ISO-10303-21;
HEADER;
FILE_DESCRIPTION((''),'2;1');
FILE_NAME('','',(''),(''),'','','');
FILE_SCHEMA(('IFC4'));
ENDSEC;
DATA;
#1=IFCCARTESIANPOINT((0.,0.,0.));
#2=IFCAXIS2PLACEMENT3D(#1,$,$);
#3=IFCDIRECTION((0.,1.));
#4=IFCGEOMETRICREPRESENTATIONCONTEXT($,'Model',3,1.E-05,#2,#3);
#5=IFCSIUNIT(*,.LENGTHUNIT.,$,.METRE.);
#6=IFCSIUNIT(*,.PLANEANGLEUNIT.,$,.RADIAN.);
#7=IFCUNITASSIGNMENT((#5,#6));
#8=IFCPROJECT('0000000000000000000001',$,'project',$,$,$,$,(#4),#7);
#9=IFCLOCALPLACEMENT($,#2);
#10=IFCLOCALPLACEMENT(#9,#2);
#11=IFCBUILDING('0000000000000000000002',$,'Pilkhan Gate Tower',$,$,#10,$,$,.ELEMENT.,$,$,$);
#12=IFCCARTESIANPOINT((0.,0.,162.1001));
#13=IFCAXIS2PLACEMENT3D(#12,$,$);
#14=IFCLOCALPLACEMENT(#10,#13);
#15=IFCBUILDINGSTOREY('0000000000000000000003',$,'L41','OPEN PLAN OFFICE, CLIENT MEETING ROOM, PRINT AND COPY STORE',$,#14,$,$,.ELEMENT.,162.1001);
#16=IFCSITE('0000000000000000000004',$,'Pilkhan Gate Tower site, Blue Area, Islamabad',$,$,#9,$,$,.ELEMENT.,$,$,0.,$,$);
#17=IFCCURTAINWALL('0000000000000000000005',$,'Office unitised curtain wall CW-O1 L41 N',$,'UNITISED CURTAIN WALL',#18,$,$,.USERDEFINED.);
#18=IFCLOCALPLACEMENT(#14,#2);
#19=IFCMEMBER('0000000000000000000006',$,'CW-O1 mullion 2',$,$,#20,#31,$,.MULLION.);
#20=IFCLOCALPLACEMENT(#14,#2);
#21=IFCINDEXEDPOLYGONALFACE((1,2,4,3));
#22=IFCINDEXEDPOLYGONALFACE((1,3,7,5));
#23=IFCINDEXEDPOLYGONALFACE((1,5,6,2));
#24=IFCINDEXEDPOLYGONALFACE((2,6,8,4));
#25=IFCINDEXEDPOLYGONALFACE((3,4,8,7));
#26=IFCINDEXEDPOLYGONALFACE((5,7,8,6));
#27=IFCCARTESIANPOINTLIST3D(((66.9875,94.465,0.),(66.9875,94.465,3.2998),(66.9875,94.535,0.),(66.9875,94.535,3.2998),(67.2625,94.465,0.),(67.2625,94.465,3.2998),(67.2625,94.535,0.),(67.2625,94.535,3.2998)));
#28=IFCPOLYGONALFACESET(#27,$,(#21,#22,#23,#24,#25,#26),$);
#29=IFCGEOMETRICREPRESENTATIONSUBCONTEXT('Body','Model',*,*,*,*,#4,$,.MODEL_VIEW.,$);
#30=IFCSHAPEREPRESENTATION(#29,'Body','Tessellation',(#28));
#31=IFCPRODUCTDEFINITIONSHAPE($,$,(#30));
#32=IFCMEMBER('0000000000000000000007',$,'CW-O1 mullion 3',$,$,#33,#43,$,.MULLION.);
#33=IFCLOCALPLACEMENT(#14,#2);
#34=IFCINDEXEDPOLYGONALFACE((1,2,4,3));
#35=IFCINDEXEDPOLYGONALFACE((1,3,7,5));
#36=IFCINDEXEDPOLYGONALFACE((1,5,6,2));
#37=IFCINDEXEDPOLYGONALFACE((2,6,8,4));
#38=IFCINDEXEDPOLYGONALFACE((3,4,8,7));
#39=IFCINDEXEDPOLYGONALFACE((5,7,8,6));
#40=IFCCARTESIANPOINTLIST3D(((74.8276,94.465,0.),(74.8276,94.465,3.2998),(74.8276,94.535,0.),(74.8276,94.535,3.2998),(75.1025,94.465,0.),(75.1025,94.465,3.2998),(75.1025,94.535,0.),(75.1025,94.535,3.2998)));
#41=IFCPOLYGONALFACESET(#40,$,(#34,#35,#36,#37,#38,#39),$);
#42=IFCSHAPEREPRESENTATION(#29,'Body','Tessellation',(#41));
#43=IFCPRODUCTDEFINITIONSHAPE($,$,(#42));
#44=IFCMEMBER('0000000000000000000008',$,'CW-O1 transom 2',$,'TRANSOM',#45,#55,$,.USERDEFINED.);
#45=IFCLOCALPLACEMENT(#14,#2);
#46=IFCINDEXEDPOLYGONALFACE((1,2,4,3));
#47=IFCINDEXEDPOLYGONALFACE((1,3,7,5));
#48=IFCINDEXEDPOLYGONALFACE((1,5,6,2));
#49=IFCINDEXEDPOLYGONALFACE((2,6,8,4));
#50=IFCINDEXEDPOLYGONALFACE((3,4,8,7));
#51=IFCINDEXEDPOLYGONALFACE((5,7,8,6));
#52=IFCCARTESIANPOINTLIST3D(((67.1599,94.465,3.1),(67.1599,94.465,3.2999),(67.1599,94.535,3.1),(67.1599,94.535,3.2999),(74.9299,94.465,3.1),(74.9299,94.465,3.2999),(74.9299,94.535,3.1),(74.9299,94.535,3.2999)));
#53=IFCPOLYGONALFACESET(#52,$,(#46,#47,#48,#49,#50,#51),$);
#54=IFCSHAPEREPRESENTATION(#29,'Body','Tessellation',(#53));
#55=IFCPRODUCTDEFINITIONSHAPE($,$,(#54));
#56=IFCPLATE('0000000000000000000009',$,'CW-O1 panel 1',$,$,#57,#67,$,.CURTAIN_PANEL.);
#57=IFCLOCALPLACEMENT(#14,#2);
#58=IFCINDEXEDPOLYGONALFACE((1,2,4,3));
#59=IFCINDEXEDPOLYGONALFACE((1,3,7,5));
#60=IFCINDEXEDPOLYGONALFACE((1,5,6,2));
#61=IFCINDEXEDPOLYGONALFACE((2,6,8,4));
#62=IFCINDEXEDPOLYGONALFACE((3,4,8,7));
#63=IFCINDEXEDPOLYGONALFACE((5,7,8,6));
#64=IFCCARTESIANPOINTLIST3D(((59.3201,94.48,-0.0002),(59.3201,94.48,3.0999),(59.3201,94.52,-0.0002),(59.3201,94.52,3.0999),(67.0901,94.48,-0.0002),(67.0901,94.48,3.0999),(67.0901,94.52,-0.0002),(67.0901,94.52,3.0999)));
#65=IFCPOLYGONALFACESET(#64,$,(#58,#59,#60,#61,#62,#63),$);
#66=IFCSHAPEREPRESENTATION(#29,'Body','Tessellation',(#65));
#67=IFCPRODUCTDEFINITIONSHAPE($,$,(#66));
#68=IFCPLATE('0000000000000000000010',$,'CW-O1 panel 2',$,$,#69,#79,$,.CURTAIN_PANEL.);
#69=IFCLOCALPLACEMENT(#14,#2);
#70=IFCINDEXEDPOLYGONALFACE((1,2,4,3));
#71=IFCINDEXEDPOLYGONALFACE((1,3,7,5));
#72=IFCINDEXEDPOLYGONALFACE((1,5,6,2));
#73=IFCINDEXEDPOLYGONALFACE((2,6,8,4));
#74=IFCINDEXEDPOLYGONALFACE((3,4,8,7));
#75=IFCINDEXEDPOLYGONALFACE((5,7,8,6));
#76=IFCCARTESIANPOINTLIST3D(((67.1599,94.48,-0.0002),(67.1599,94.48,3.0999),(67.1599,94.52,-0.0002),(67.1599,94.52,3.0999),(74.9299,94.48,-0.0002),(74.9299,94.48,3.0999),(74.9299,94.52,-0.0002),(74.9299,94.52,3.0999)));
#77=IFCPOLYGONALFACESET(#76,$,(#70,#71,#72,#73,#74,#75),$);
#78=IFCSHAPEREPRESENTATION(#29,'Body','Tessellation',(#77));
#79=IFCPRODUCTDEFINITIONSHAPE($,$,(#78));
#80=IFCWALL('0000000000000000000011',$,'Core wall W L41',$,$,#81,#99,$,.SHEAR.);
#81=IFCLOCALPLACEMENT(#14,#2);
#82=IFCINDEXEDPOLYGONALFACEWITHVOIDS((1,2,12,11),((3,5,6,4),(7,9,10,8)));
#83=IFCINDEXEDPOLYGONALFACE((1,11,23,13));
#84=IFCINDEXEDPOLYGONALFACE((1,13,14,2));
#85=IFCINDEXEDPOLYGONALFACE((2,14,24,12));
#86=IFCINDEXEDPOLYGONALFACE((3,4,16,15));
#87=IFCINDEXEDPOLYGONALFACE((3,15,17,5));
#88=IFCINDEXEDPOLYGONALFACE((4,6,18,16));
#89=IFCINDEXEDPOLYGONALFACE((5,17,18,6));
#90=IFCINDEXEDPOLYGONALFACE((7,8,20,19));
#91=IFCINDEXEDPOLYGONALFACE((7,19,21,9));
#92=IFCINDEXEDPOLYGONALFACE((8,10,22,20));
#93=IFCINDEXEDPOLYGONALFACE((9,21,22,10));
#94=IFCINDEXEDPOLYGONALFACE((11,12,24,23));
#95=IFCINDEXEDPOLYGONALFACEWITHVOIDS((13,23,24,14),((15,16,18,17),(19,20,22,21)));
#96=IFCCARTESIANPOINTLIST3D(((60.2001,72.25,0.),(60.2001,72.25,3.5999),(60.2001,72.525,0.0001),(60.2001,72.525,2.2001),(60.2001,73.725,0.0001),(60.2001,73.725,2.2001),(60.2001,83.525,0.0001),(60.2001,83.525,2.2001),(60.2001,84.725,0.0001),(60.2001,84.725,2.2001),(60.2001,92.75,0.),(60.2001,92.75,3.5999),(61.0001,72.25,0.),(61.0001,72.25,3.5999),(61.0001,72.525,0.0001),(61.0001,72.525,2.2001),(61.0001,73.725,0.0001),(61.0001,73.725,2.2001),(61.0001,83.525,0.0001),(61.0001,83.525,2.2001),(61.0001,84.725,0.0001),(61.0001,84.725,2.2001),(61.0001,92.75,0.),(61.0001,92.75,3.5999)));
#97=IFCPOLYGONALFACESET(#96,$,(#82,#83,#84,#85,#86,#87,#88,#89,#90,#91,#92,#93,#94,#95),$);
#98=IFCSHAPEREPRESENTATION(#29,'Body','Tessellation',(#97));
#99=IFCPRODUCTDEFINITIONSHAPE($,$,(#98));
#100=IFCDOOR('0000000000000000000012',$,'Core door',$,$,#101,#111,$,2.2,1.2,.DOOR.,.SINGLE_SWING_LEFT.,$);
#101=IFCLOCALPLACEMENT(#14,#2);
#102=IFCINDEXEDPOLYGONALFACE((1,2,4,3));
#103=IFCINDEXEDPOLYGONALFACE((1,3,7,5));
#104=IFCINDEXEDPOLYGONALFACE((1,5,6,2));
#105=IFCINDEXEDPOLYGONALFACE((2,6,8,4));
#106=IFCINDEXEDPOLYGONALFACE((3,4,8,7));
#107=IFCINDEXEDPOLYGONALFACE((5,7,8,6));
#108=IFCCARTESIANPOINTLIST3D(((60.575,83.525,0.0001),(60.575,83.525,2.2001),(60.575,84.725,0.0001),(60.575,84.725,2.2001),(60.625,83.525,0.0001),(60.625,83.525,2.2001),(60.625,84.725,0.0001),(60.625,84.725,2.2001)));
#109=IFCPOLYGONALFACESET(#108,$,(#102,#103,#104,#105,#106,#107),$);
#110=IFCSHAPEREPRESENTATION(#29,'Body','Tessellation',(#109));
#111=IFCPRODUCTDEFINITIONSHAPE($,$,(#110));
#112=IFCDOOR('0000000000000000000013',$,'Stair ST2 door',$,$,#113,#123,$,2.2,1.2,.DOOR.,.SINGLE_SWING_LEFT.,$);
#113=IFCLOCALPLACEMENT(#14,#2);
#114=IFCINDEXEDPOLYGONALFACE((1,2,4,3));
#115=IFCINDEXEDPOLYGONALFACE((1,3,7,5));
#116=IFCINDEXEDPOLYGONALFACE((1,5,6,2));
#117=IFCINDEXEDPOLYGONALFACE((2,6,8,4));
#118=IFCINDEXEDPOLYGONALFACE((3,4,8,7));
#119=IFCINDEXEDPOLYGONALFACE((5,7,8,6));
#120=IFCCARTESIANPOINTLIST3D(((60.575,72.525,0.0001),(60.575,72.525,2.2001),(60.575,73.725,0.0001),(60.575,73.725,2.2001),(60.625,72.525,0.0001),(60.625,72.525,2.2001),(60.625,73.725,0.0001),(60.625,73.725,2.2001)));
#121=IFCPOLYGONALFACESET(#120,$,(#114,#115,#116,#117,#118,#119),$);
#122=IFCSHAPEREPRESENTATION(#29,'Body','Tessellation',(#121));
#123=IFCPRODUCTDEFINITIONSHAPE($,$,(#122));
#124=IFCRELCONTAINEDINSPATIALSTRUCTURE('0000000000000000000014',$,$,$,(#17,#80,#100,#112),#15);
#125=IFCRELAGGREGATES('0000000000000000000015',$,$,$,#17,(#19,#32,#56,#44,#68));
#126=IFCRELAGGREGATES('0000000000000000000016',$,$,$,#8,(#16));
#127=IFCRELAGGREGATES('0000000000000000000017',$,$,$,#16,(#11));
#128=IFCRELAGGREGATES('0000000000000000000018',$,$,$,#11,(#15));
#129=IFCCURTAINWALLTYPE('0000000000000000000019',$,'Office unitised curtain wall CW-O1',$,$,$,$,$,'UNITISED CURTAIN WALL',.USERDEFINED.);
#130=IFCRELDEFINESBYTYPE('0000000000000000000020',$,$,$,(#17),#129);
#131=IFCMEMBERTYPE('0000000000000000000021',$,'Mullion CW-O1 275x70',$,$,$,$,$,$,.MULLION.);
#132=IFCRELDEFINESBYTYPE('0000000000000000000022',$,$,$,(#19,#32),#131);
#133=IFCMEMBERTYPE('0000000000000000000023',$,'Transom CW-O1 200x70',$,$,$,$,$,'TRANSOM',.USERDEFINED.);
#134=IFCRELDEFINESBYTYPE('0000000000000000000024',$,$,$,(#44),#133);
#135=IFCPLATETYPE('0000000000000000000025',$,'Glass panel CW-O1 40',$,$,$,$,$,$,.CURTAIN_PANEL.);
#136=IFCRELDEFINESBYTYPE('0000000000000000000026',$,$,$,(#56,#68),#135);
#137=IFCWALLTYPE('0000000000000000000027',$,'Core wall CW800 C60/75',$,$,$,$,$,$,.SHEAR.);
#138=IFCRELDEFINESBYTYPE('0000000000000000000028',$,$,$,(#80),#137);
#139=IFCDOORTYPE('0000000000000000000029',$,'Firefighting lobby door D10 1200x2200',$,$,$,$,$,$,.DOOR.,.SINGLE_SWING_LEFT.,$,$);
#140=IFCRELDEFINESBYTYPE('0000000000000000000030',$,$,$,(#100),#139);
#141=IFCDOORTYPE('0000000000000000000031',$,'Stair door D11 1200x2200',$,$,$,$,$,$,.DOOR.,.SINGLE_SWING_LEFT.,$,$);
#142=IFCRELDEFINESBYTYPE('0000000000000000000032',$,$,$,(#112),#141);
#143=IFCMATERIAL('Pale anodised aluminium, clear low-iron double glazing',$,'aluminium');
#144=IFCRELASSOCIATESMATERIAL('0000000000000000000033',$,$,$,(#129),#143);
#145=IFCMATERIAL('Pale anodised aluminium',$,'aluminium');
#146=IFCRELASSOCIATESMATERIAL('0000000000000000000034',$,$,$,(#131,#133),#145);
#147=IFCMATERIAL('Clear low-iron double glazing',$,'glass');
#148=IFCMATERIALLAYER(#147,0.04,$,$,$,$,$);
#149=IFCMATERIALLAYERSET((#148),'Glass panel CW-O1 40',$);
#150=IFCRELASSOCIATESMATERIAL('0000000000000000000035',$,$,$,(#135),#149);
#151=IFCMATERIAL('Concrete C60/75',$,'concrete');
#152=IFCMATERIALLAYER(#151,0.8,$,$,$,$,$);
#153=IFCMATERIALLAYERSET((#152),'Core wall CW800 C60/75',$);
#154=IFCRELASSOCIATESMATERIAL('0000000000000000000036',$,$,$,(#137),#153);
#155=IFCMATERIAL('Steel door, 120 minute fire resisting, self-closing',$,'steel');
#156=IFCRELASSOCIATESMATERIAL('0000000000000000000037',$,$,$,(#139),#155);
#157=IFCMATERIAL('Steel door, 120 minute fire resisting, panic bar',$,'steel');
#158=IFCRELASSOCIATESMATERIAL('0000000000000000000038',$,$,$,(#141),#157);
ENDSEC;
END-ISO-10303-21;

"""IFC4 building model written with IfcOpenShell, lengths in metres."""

from ifc_helpers import new_model, si_unit, direction, frame, frame_2d, origin, origin_2d, place, context, subcontext, project, spatial, rectangle, extrude, material, layer, layer_set, material_profile, profile_set, type_object, element, fill, aggregate, save


model = new_model("IFC4")

# Units and contexts
model_context = context("Model", 3, precision=1e-05, world=origin(), true_north=direction((0.0, 1.0)))
body_context = subcontext(model_context, "Body", "Model", "MODEL_VIEW")
ifc_project = project(units=[si_unit("LENGTHUNIT", "METRE"), si_unit("PLANEANGLEUNIT", "RADIAN")], contexts=[model_context])

# Site, building, storey
site_placement = place(None, origin())
site = spatial("IfcSite", under=ifc_project, at=site_placement, Name="Pilkhan Gate Tower site, Blue Area, Islamabad", CompositionType="ELEMENT", RefElevation=0.0)
building_placement = place(site_placement, origin())
building = spatial("IfcBuilding", under=site, at=building_placement, Name="Pilkhan Gate Tower", CompositionType="ELEMENT")
storey_placement = place(building_placement, frame((0.0, 0.0, 162.1001)))
storey = spatial("IfcBuildingStorey", under=building, at=storey_placement, Name="L41", Description="OPEN PLAN OFFICE, CLIENT MEETING ROOM, PRINT AND COPY STORE", CompositionType="ELEMENT", Elevation=162.1001)

# Curtain wall, members, plates
ifc_material_1 = material(Name="Pale anodised aluminium, clear low-iron double glazing", Category="aluminium")
curtain_wall_type = type_object("IfcCurtainWallType", Name="Office unitised curtain wall CW-O1", ElementType="UNITISED CURTAIN WALL", PredefinedType="USERDEFINED", material=ifc_material_1)
curtain_wall_placement = place(storey_placement, origin())
curtain_wall = element("IfcCurtainWall", 1, at=curtain_wall_placement, inside=storey, type_object=curtain_wall_type, Name="Office unitised curtain wall CW-O1 L41 N", ObjectType="UNITISED CURTAIN WALL", PredefinedType="USERDEFINED")
ifc_material_2 = material(Name="Pale anodised aluminium", Category="aluminium")
ifc_material_profile_1 = material_profile(ifc_material_2, rectangle(XDim=0.0701, YDim=0.2749, at=origin_2d()), Name="Mullion 275x70")
ifc_profile_set_1 = profile_set([ifc_material_profile_1], Name="Pale anodised aluminium")
member_type_1 = type_object("IfcMemberType", Name="Mullion CW-O1 275x70", PredefinedType="MULLION", material=ifc_profile_set_1)
member_1_placement = place(storey_placement, frame((67.125, 94.5, 0.0), z_axis=(0.0, 0.0, 1.0), x_axis=(0.0, 1.0, 0.0)))
member_1 = element("IfcMember", 2, at=member_1_placement, type_object=member_type_1, Name="CW-O1 mullion 2", PredefinedType="MULLION", context=body_context, shape_type="SweptSolid", body=[
    extrude(rectangle(XDim=0.0701, YDim=0.2749, at=origin_2d()), origin(), (0.0, 0.0, 1.0), 3.2998),
])
member_2_placement = place(storey_placement, frame((74.9651, 94.5, 0.0), z_axis=(0.0, 0.0, 1.0), x_axis=(0.0, 1.0, 0.0)))
member_2 = element("IfcMember", 3, at=member_2_placement, type_object=member_type_1, Name="CW-O1 mullion 3", PredefinedType="MULLION", context=body_context, shape_type="SweptSolid", body=[
    extrude(rectangle(XDim=0.0701, YDim=0.2749, at=origin_2d()), origin(), (0.0, 0.0, 1.0), 3.2998),
])
ifc_material_profile_2 = material_profile(ifc_material_2, rectangle(XDim=0.0701, YDim=0.2, at=origin_2d()), Name="Transom 200x70")
ifc_profile_set_2 = profile_set([ifc_material_profile_2], Name="Pale anodised aluminium")
member_type_2 = type_object("IfcMemberType", Name="Transom CW-O1 200x70", ElementType="TRANSOM", PredefinedType="USERDEFINED", material=ifc_profile_set_2)
member_3_placement = place(storey_placement, frame((67.1599, 94.5, 3.2), z_axis=(1.0, 0.0, 0.0), x_axis=(0.0, 1.0, 0.0)))
member_3 = element("IfcMember", 4, at=member_3_placement, type_object=member_type_2, Name="CW-O1 transom 2", ObjectType="TRANSOM", PredefinedType="USERDEFINED", context=body_context, shape_type="SweptSolid", body=[
    extrude(rectangle(XDim=0.0701, YDim=0.2, at=origin_2d()), origin(), (0.0, 0.0, 1.0), 7.77),
])
ifc_material_3 = material(Name="Clear low-iron double glazing", Category="glass")
ifc_layer_1 = layer(ifc_material_3, 0.04)
ifc_layer_set_1 = layer_set([ifc_layer_1], Name="Glass panel CW-O1 40")
plate_type = type_object("IfcPlateType", Name="Glass panel CW-O1 40", PredefinedType="CURTAIN_PANEL", material=ifc_layer_set_1)
plate_1_placement = place(storey_placement, frame((63.2051, 94.5, -0.0002), z_axis=(0.0, 0.0, 1.0), x_axis=(1.0, 0.0, 0.0)))
plate_1 = element("IfcPlate", 5, at=plate_1_placement, type_object=plate_type, Name="CW-O1 panel 1", PredefinedType="CURTAIN_PANEL", context=body_context, shape_type="SweptSolid", body=[
    extrude(rectangle(XDim=7.77, YDim=0.04, at=origin_2d()), origin(), (0.0, 0.0, 1.0), 3.1001),
])
plate_2_placement = place(storey_placement, frame((71.0449, 94.5, -0.0002), z_axis=(0.0, 0.0, 1.0), x_axis=(1.0, 0.0, 0.0)))
plate_2 = element("IfcPlate", 6, at=plate_2_placement, type_object=plate_type, Name="CW-O1 panel 2", PredefinedType="CURTAIN_PANEL", context=body_context, shape_type="SweptSolid", body=[
    extrude(rectangle(XDim=7.77, YDim=0.04, at=origin_2d()), origin(), (0.0, 0.0, 1.0), 3.1001),
])
aggregate(curtain_wall, [member_1, member_2, plate_1, member_3, plate_2])

# Wall, openings, doors
ifc_material_4 = material(Name="Concrete C60/75", Category="concrete")
ifc_layer_2 = layer(ifc_material_4, 0.8)
ifc_layer_set_2 = layer_set([ifc_layer_2], Name="Core wall CW800 C60/75")
wall_type_1 = type_object("IfcWallType", Name="Core wall CW800 C60/75", PredefinedType="SHEAR", material=ifc_layer_set_2)
wall_1_placement = place(storey_placement, frame((60.6001, 92.75, 0.0), z_axis=(0.0, 0.0, 1.0), x_axis=(0.0, -1.0, 0.0)))
wall_1 = element("IfcWall", 7, at=wall_1_placement, inside=storey, type_object=wall_type_1, Name="Core wall W L41", PredefinedType="SHEAR", context=body_context, shape_type="SweptSolid", body=[
    extrude(rectangle(XDim=20.5, YDim=0.8, at=frame_2d((10.25, 0.0))), origin(), (0.0, 0.0, 1.0), 3.5999),
])
opening_1_placement = place(wall_1_placement, frame((19.0249, 0.0, 0.0)))
opening_1 = element("IfcOpeningElement", 8, at=opening_1_placement, cuts=wall_1, PredefinedType="OPENING", context=body_context, shape_type="SweptSolid", body=[
    extrude(rectangle(XDim=1.2, YDim=2.2, at=frame_2d((0.6001, 1.1001))), frame((0.0, 0.4099, 0.0), z_axis=(0.0, -1.0, 0.0), x_axis=(1.0, 0.0, 0.0)), (0.0, 0.0, 1.0), 0.8201),
])
opening_2_placement = place(wall_1_placement, frame((8.0249, 0.0, 0.0)))
opening_2 = element("IfcOpeningElement", 9, at=opening_2_placement, cuts=wall_1, PredefinedType="OPENING", context=body_context, shape_type="SweptSolid", body=[
    extrude(rectangle(XDim=1.2, YDim=2.2, at=frame_2d((0.6001, 1.1001))), frame((0.0, 0.4099, 0.0), z_axis=(0.0, -1.0, 0.0), x_axis=(1.0, 0.0, 0.0)), (0.0, 0.0, 1.0), 0.8201),
])
ifc_material_5 = material(Name="Steel door, 120 minute fire resisting, self-closing", Category="steel")
door_type_1 = type_object("IfcDoorType", Name="Firefighting lobby door D10 1200x2200", OperationType="SINGLE_SWING_LEFT", PredefinedType="DOOR", material=ifc_material_5)
door_1_placement = place(opening_2_placement, origin())
door_1 = element("IfcDoor", 10, at=door_1_placement, inside=storey, type_object=door_type_1, Name="Core door", OperationType="SINGLE_SWING_LEFT", OverallHeight=2.2, OverallWidth=1.2, PredefinedType="DOOR", context=body_context, shape_type="SweptSolid", body=[
    extrude(rectangle(XDim=1.2, YDim=2.2, at=frame_2d((0.6001, 1.1001))), frame((0.0, 0.0249, 0.0), z_axis=(0.0, -1.0, 0.0), x_axis=(1.0, 0.0, 0.0)), (0.0, 0.0, 1.0), 0.05),
])
fill(opening_2, door_1)
ifc_material_6 = material(Name="Steel door, 120 minute fire resisting, panic bar", Category="steel")
door_type_2 = type_object("IfcDoorType", Name="Stair door D11 1200x2200", OperationType="SINGLE_SWING_LEFT", PredefinedType="DOOR", material=ifc_material_6)
door_2_placement = place(opening_1_placement, origin())
door_2 = element("IfcDoor", 11, at=door_2_placement, inside=storey, type_object=door_type_2, Name="Stair ST2 door", OperationType="SINGLE_SWING_LEFT", OverallHeight=2.2, OverallWidth=1.2, PredefinedType="DOOR", context=body_context, shape_type="SweptSolid", body=[
    extrude(rectangle(XDim=1.2, YDim=2.2, at=frame_2d((0.6001, 1.1001))), frame((0.0, 0.0249, 0.0), z_axis=(0.0, -1.0, 0.0), x_axis=(1.0, 0.0, 0.0)), (0.0, 0.0, 1.0), 0.05),
])
fill(opening_1, door_2)

save(model, "model.ifc")
